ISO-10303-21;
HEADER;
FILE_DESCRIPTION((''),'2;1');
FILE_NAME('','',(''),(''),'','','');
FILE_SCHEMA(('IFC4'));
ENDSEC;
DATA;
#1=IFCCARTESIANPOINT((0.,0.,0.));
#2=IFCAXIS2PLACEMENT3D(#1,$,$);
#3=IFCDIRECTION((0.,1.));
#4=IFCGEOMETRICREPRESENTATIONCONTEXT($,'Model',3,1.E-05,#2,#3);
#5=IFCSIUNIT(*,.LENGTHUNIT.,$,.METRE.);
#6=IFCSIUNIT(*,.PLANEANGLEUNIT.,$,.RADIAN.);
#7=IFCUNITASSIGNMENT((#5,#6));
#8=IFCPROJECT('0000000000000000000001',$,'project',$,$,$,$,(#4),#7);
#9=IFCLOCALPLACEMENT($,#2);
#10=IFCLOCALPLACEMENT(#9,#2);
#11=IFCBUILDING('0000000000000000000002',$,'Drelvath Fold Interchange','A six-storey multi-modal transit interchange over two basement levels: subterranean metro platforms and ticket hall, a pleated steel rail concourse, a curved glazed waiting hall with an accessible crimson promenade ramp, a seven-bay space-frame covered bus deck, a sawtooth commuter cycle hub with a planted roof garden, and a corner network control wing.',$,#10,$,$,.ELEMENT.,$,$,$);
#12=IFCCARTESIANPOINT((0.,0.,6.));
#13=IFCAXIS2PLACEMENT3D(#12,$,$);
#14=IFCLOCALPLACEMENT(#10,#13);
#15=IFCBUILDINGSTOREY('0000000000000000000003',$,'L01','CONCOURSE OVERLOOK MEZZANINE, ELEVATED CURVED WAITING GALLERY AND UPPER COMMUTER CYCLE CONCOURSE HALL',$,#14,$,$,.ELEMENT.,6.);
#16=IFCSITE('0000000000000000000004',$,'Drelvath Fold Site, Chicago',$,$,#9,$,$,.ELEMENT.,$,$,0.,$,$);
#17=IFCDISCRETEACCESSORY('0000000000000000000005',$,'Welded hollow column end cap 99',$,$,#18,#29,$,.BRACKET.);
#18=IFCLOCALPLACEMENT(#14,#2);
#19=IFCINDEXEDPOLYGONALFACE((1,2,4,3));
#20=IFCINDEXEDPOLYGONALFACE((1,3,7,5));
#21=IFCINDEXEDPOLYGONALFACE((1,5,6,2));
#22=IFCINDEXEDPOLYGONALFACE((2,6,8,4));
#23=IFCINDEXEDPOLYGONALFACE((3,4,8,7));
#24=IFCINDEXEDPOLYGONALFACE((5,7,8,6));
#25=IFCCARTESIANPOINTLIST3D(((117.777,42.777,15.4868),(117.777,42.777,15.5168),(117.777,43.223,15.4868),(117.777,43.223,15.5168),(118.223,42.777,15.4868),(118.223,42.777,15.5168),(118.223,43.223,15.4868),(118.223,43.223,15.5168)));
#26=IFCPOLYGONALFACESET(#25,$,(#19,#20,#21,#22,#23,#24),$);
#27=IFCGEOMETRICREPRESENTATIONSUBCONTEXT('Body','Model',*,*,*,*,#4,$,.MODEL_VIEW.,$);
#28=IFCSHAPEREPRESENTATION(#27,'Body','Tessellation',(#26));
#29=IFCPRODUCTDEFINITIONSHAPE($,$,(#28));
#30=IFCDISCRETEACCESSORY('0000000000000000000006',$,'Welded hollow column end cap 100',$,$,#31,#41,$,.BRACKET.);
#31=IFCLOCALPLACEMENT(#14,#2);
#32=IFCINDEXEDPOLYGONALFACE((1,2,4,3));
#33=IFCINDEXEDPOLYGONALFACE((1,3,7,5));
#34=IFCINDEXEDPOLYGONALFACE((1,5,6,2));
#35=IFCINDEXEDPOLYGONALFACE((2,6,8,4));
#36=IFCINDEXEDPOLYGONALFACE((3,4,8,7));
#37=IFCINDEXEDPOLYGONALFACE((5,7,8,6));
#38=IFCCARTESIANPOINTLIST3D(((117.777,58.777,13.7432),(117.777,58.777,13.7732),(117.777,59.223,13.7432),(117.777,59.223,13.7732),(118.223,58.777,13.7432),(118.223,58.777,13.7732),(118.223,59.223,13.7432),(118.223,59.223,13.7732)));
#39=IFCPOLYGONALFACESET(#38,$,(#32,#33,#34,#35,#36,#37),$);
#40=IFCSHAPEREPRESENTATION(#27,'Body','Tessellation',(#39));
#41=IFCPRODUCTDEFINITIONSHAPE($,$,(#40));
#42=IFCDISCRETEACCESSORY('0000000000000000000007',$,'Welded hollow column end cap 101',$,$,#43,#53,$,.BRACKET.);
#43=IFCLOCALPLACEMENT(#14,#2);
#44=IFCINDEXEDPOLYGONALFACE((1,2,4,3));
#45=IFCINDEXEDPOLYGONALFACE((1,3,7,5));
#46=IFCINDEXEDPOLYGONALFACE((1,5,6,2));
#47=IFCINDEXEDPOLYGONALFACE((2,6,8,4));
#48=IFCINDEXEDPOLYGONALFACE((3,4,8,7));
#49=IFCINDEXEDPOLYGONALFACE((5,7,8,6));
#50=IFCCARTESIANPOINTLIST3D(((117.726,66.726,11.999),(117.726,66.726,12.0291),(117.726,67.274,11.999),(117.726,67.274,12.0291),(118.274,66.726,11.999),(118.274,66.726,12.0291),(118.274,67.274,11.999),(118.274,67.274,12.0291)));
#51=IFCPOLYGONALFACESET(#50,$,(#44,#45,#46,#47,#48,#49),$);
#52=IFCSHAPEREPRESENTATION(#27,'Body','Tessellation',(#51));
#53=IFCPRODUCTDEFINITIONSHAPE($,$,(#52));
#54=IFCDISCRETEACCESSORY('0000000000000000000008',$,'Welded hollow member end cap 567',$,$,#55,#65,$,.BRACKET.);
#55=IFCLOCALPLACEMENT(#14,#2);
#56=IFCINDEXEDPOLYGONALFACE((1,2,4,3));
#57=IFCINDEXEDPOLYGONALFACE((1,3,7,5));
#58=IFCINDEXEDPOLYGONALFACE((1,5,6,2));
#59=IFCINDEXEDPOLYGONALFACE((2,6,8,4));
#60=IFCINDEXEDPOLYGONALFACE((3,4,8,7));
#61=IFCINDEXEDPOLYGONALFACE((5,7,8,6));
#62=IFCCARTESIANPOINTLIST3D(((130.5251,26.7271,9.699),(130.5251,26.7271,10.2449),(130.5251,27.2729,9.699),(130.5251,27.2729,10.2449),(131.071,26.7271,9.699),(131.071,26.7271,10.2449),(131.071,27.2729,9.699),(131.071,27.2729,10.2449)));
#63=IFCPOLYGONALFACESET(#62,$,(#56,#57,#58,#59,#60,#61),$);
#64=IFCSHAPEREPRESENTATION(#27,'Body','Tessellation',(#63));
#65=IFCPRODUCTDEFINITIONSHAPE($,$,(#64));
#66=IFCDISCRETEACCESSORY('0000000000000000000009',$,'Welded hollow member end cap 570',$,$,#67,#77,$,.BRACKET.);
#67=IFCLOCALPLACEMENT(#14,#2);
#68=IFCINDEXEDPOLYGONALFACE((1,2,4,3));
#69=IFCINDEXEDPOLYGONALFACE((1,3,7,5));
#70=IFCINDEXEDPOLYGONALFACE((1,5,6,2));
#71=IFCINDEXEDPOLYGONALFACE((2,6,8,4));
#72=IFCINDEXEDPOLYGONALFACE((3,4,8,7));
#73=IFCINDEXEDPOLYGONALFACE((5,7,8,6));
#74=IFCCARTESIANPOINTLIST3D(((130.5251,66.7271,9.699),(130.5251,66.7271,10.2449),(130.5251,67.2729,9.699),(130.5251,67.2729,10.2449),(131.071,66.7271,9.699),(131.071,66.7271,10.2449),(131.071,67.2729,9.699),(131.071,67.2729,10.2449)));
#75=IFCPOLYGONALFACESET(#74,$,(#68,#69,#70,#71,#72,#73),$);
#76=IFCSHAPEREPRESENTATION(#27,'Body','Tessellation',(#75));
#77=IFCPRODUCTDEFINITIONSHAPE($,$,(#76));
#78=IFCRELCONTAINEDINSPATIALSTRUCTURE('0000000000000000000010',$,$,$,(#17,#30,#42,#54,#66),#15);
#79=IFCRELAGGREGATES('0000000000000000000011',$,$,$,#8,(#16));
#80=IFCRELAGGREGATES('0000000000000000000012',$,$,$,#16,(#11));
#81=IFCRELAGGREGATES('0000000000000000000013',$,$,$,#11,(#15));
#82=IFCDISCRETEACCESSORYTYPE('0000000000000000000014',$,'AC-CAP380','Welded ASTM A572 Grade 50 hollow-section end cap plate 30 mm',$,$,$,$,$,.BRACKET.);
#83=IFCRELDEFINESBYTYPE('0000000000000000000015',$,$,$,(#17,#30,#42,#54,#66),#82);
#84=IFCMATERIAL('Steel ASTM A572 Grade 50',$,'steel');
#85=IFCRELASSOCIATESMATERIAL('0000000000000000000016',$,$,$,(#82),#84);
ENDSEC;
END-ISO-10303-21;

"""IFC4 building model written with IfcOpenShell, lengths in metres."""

from ifc_helpers import new_model, si_unit, direction, frame, origin, origin_2d, place, context, subcontext, project, spatial, rectangle, extrude, material, type_object, element, save


model = new_model("IFC4")

# Units and contexts
model_context = context("Model", 3, precision=1e-05, world=origin(), true_north=direction((0.0, 1.0)))
body_context = subcontext(model_context, "Body", "Model", "MODEL_VIEW")
ifc_project = project(units=[si_unit("LENGTHUNIT", "METRE"), si_unit("PLANEANGLEUNIT", "RADIAN")], contexts=[model_context])

# Site, building, storey
site_placement = place(None, origin())
site = spatial("IfcSite", under=ifc_project, at=site_placement, Name="Drelvath Fold Site, Chicago", CompositionType="ELEMENT", RefElevation=0.0)
building_placement = place(site_placement, origin())
building = spatial("IfcBuilding", under=site, at=building_placement, Name="Drelvath Fold Interchange", Description="A six-storey multi-modal transit interchange over two basement levels: subterranean metro platforms and ticket hall, a pleated steel rail concourse, a curved glazed waiting hall with an accessible crimson promenade ramp, a seven-bay space-frame covered bus deck, a sawtooth commuter cycle hub with a planted roof garden, and a corner network control wing.", CompositionType="ELEMENT")
storey_placement = place(building_placement, frame((0.0, 0.0, 6.0)))
storey = spatial("IfcBuildingStorey", under=building, at=storey_placement, Name="L01", Description="CONCOURSE OVERLOOK MEZZANINE, ELEVATED CURVED WAITING GALLERY AND UPPER COMMUTER CYCLE CONCOURSE HALL", CompositionType="ELEMENT", Elevation=6.0)

# Shared definitions
ifc_material_1 = material(Name="Steel ASTM A572 Grade 50", Category="steel")

# Discrete accessories
discrete_accessory_type_1 = type_object("IfcDiscreteAccessoryType", Name="AC-CAP380", Description="Welded ASTM A572 Grade 50 hollow-section end cap plate 30 mm", PredefinedType="BRACKET", material=ifc_material_1)
for number, where, z_axis, x_axis, name in (
    (1, (118.0, 43.0, 15.4868), (0.0, 0.0, 1.0), (1.0, 0.0, 0.0), "Welded hollow column end cap 99"),
    (2, (118.0, 59.0, 13.7432), (0.0, 0.0, 1.0), (1.0, 0.0, 0.0), "Welded hollow column end cap 100"),
):
    element("IfcDiscreteAccessory", number, at=place(storey_placement, frame(where, z_axis=z_axis, x_axis=x_axis)), inside=storey, type_object=discrete_accessory_type_1, Name=name, PredefinedType="BRACKET", context=body_context, shape_type="SweptSolid", body=[
        extrude(rectangle(XDim=0.446, YDim=0.446, at=origin_2d()), origin(), (0.0, 0.0, 1.0), 0.03),
    ])
discrete_accessory_1_placement = place(storey_placement, frame((118.0, 67.0, 11.999), z_axis=(0.0, 0.0, 1.0), x_axis=(1.0, 0.0, 0.0)))
element("IfcDiscreteAccessory", 3, at=discrete_accessory_1_placement, inside=storey, type_object=discrete_accessory_type_1, Name="Welded hollow column end cap 101", PredefinedType="BRACKET", context=body_context, shape_type="SweptSolid", body=[
    extrude(rectangle(XDim=0.5481, YDim=0.5481, at=origin_2d()), origin(), (0.0, 0.0, 1.0), 0.03),
])
for number, where, z_axis, x_axis, name in (
    (4, (130.7981, 27.0, 9.699), (0.0, 0.0, 1.0), (1.0, 0.0, 0.0), "Welded hollow member end cap 567"),
    (5, (130.7981, 67.0, 9.699), (0.0, 0.0, 1.0), (1.0, 0.0, 0.0), "Welded hollow member end cap 570"),
):
    element("IfcDiscreteAccessory", number, at=place(storey_placement, frame(where, z_axis=z_axis, x_axis=x_axis)), inside=storey, type_object=discrete_accessory_type_1, Name=name, PredefinedType="BRACKET", context=body_context, shape_type="SweptSolid", body=[
        extrude(rectangle(XDim=0.5459, YDim=0.5459, at=origin_2d()), origin(), (0.0, 0.0, 1.0), 0.5459),
    ])

save(model, "model.ifc")
